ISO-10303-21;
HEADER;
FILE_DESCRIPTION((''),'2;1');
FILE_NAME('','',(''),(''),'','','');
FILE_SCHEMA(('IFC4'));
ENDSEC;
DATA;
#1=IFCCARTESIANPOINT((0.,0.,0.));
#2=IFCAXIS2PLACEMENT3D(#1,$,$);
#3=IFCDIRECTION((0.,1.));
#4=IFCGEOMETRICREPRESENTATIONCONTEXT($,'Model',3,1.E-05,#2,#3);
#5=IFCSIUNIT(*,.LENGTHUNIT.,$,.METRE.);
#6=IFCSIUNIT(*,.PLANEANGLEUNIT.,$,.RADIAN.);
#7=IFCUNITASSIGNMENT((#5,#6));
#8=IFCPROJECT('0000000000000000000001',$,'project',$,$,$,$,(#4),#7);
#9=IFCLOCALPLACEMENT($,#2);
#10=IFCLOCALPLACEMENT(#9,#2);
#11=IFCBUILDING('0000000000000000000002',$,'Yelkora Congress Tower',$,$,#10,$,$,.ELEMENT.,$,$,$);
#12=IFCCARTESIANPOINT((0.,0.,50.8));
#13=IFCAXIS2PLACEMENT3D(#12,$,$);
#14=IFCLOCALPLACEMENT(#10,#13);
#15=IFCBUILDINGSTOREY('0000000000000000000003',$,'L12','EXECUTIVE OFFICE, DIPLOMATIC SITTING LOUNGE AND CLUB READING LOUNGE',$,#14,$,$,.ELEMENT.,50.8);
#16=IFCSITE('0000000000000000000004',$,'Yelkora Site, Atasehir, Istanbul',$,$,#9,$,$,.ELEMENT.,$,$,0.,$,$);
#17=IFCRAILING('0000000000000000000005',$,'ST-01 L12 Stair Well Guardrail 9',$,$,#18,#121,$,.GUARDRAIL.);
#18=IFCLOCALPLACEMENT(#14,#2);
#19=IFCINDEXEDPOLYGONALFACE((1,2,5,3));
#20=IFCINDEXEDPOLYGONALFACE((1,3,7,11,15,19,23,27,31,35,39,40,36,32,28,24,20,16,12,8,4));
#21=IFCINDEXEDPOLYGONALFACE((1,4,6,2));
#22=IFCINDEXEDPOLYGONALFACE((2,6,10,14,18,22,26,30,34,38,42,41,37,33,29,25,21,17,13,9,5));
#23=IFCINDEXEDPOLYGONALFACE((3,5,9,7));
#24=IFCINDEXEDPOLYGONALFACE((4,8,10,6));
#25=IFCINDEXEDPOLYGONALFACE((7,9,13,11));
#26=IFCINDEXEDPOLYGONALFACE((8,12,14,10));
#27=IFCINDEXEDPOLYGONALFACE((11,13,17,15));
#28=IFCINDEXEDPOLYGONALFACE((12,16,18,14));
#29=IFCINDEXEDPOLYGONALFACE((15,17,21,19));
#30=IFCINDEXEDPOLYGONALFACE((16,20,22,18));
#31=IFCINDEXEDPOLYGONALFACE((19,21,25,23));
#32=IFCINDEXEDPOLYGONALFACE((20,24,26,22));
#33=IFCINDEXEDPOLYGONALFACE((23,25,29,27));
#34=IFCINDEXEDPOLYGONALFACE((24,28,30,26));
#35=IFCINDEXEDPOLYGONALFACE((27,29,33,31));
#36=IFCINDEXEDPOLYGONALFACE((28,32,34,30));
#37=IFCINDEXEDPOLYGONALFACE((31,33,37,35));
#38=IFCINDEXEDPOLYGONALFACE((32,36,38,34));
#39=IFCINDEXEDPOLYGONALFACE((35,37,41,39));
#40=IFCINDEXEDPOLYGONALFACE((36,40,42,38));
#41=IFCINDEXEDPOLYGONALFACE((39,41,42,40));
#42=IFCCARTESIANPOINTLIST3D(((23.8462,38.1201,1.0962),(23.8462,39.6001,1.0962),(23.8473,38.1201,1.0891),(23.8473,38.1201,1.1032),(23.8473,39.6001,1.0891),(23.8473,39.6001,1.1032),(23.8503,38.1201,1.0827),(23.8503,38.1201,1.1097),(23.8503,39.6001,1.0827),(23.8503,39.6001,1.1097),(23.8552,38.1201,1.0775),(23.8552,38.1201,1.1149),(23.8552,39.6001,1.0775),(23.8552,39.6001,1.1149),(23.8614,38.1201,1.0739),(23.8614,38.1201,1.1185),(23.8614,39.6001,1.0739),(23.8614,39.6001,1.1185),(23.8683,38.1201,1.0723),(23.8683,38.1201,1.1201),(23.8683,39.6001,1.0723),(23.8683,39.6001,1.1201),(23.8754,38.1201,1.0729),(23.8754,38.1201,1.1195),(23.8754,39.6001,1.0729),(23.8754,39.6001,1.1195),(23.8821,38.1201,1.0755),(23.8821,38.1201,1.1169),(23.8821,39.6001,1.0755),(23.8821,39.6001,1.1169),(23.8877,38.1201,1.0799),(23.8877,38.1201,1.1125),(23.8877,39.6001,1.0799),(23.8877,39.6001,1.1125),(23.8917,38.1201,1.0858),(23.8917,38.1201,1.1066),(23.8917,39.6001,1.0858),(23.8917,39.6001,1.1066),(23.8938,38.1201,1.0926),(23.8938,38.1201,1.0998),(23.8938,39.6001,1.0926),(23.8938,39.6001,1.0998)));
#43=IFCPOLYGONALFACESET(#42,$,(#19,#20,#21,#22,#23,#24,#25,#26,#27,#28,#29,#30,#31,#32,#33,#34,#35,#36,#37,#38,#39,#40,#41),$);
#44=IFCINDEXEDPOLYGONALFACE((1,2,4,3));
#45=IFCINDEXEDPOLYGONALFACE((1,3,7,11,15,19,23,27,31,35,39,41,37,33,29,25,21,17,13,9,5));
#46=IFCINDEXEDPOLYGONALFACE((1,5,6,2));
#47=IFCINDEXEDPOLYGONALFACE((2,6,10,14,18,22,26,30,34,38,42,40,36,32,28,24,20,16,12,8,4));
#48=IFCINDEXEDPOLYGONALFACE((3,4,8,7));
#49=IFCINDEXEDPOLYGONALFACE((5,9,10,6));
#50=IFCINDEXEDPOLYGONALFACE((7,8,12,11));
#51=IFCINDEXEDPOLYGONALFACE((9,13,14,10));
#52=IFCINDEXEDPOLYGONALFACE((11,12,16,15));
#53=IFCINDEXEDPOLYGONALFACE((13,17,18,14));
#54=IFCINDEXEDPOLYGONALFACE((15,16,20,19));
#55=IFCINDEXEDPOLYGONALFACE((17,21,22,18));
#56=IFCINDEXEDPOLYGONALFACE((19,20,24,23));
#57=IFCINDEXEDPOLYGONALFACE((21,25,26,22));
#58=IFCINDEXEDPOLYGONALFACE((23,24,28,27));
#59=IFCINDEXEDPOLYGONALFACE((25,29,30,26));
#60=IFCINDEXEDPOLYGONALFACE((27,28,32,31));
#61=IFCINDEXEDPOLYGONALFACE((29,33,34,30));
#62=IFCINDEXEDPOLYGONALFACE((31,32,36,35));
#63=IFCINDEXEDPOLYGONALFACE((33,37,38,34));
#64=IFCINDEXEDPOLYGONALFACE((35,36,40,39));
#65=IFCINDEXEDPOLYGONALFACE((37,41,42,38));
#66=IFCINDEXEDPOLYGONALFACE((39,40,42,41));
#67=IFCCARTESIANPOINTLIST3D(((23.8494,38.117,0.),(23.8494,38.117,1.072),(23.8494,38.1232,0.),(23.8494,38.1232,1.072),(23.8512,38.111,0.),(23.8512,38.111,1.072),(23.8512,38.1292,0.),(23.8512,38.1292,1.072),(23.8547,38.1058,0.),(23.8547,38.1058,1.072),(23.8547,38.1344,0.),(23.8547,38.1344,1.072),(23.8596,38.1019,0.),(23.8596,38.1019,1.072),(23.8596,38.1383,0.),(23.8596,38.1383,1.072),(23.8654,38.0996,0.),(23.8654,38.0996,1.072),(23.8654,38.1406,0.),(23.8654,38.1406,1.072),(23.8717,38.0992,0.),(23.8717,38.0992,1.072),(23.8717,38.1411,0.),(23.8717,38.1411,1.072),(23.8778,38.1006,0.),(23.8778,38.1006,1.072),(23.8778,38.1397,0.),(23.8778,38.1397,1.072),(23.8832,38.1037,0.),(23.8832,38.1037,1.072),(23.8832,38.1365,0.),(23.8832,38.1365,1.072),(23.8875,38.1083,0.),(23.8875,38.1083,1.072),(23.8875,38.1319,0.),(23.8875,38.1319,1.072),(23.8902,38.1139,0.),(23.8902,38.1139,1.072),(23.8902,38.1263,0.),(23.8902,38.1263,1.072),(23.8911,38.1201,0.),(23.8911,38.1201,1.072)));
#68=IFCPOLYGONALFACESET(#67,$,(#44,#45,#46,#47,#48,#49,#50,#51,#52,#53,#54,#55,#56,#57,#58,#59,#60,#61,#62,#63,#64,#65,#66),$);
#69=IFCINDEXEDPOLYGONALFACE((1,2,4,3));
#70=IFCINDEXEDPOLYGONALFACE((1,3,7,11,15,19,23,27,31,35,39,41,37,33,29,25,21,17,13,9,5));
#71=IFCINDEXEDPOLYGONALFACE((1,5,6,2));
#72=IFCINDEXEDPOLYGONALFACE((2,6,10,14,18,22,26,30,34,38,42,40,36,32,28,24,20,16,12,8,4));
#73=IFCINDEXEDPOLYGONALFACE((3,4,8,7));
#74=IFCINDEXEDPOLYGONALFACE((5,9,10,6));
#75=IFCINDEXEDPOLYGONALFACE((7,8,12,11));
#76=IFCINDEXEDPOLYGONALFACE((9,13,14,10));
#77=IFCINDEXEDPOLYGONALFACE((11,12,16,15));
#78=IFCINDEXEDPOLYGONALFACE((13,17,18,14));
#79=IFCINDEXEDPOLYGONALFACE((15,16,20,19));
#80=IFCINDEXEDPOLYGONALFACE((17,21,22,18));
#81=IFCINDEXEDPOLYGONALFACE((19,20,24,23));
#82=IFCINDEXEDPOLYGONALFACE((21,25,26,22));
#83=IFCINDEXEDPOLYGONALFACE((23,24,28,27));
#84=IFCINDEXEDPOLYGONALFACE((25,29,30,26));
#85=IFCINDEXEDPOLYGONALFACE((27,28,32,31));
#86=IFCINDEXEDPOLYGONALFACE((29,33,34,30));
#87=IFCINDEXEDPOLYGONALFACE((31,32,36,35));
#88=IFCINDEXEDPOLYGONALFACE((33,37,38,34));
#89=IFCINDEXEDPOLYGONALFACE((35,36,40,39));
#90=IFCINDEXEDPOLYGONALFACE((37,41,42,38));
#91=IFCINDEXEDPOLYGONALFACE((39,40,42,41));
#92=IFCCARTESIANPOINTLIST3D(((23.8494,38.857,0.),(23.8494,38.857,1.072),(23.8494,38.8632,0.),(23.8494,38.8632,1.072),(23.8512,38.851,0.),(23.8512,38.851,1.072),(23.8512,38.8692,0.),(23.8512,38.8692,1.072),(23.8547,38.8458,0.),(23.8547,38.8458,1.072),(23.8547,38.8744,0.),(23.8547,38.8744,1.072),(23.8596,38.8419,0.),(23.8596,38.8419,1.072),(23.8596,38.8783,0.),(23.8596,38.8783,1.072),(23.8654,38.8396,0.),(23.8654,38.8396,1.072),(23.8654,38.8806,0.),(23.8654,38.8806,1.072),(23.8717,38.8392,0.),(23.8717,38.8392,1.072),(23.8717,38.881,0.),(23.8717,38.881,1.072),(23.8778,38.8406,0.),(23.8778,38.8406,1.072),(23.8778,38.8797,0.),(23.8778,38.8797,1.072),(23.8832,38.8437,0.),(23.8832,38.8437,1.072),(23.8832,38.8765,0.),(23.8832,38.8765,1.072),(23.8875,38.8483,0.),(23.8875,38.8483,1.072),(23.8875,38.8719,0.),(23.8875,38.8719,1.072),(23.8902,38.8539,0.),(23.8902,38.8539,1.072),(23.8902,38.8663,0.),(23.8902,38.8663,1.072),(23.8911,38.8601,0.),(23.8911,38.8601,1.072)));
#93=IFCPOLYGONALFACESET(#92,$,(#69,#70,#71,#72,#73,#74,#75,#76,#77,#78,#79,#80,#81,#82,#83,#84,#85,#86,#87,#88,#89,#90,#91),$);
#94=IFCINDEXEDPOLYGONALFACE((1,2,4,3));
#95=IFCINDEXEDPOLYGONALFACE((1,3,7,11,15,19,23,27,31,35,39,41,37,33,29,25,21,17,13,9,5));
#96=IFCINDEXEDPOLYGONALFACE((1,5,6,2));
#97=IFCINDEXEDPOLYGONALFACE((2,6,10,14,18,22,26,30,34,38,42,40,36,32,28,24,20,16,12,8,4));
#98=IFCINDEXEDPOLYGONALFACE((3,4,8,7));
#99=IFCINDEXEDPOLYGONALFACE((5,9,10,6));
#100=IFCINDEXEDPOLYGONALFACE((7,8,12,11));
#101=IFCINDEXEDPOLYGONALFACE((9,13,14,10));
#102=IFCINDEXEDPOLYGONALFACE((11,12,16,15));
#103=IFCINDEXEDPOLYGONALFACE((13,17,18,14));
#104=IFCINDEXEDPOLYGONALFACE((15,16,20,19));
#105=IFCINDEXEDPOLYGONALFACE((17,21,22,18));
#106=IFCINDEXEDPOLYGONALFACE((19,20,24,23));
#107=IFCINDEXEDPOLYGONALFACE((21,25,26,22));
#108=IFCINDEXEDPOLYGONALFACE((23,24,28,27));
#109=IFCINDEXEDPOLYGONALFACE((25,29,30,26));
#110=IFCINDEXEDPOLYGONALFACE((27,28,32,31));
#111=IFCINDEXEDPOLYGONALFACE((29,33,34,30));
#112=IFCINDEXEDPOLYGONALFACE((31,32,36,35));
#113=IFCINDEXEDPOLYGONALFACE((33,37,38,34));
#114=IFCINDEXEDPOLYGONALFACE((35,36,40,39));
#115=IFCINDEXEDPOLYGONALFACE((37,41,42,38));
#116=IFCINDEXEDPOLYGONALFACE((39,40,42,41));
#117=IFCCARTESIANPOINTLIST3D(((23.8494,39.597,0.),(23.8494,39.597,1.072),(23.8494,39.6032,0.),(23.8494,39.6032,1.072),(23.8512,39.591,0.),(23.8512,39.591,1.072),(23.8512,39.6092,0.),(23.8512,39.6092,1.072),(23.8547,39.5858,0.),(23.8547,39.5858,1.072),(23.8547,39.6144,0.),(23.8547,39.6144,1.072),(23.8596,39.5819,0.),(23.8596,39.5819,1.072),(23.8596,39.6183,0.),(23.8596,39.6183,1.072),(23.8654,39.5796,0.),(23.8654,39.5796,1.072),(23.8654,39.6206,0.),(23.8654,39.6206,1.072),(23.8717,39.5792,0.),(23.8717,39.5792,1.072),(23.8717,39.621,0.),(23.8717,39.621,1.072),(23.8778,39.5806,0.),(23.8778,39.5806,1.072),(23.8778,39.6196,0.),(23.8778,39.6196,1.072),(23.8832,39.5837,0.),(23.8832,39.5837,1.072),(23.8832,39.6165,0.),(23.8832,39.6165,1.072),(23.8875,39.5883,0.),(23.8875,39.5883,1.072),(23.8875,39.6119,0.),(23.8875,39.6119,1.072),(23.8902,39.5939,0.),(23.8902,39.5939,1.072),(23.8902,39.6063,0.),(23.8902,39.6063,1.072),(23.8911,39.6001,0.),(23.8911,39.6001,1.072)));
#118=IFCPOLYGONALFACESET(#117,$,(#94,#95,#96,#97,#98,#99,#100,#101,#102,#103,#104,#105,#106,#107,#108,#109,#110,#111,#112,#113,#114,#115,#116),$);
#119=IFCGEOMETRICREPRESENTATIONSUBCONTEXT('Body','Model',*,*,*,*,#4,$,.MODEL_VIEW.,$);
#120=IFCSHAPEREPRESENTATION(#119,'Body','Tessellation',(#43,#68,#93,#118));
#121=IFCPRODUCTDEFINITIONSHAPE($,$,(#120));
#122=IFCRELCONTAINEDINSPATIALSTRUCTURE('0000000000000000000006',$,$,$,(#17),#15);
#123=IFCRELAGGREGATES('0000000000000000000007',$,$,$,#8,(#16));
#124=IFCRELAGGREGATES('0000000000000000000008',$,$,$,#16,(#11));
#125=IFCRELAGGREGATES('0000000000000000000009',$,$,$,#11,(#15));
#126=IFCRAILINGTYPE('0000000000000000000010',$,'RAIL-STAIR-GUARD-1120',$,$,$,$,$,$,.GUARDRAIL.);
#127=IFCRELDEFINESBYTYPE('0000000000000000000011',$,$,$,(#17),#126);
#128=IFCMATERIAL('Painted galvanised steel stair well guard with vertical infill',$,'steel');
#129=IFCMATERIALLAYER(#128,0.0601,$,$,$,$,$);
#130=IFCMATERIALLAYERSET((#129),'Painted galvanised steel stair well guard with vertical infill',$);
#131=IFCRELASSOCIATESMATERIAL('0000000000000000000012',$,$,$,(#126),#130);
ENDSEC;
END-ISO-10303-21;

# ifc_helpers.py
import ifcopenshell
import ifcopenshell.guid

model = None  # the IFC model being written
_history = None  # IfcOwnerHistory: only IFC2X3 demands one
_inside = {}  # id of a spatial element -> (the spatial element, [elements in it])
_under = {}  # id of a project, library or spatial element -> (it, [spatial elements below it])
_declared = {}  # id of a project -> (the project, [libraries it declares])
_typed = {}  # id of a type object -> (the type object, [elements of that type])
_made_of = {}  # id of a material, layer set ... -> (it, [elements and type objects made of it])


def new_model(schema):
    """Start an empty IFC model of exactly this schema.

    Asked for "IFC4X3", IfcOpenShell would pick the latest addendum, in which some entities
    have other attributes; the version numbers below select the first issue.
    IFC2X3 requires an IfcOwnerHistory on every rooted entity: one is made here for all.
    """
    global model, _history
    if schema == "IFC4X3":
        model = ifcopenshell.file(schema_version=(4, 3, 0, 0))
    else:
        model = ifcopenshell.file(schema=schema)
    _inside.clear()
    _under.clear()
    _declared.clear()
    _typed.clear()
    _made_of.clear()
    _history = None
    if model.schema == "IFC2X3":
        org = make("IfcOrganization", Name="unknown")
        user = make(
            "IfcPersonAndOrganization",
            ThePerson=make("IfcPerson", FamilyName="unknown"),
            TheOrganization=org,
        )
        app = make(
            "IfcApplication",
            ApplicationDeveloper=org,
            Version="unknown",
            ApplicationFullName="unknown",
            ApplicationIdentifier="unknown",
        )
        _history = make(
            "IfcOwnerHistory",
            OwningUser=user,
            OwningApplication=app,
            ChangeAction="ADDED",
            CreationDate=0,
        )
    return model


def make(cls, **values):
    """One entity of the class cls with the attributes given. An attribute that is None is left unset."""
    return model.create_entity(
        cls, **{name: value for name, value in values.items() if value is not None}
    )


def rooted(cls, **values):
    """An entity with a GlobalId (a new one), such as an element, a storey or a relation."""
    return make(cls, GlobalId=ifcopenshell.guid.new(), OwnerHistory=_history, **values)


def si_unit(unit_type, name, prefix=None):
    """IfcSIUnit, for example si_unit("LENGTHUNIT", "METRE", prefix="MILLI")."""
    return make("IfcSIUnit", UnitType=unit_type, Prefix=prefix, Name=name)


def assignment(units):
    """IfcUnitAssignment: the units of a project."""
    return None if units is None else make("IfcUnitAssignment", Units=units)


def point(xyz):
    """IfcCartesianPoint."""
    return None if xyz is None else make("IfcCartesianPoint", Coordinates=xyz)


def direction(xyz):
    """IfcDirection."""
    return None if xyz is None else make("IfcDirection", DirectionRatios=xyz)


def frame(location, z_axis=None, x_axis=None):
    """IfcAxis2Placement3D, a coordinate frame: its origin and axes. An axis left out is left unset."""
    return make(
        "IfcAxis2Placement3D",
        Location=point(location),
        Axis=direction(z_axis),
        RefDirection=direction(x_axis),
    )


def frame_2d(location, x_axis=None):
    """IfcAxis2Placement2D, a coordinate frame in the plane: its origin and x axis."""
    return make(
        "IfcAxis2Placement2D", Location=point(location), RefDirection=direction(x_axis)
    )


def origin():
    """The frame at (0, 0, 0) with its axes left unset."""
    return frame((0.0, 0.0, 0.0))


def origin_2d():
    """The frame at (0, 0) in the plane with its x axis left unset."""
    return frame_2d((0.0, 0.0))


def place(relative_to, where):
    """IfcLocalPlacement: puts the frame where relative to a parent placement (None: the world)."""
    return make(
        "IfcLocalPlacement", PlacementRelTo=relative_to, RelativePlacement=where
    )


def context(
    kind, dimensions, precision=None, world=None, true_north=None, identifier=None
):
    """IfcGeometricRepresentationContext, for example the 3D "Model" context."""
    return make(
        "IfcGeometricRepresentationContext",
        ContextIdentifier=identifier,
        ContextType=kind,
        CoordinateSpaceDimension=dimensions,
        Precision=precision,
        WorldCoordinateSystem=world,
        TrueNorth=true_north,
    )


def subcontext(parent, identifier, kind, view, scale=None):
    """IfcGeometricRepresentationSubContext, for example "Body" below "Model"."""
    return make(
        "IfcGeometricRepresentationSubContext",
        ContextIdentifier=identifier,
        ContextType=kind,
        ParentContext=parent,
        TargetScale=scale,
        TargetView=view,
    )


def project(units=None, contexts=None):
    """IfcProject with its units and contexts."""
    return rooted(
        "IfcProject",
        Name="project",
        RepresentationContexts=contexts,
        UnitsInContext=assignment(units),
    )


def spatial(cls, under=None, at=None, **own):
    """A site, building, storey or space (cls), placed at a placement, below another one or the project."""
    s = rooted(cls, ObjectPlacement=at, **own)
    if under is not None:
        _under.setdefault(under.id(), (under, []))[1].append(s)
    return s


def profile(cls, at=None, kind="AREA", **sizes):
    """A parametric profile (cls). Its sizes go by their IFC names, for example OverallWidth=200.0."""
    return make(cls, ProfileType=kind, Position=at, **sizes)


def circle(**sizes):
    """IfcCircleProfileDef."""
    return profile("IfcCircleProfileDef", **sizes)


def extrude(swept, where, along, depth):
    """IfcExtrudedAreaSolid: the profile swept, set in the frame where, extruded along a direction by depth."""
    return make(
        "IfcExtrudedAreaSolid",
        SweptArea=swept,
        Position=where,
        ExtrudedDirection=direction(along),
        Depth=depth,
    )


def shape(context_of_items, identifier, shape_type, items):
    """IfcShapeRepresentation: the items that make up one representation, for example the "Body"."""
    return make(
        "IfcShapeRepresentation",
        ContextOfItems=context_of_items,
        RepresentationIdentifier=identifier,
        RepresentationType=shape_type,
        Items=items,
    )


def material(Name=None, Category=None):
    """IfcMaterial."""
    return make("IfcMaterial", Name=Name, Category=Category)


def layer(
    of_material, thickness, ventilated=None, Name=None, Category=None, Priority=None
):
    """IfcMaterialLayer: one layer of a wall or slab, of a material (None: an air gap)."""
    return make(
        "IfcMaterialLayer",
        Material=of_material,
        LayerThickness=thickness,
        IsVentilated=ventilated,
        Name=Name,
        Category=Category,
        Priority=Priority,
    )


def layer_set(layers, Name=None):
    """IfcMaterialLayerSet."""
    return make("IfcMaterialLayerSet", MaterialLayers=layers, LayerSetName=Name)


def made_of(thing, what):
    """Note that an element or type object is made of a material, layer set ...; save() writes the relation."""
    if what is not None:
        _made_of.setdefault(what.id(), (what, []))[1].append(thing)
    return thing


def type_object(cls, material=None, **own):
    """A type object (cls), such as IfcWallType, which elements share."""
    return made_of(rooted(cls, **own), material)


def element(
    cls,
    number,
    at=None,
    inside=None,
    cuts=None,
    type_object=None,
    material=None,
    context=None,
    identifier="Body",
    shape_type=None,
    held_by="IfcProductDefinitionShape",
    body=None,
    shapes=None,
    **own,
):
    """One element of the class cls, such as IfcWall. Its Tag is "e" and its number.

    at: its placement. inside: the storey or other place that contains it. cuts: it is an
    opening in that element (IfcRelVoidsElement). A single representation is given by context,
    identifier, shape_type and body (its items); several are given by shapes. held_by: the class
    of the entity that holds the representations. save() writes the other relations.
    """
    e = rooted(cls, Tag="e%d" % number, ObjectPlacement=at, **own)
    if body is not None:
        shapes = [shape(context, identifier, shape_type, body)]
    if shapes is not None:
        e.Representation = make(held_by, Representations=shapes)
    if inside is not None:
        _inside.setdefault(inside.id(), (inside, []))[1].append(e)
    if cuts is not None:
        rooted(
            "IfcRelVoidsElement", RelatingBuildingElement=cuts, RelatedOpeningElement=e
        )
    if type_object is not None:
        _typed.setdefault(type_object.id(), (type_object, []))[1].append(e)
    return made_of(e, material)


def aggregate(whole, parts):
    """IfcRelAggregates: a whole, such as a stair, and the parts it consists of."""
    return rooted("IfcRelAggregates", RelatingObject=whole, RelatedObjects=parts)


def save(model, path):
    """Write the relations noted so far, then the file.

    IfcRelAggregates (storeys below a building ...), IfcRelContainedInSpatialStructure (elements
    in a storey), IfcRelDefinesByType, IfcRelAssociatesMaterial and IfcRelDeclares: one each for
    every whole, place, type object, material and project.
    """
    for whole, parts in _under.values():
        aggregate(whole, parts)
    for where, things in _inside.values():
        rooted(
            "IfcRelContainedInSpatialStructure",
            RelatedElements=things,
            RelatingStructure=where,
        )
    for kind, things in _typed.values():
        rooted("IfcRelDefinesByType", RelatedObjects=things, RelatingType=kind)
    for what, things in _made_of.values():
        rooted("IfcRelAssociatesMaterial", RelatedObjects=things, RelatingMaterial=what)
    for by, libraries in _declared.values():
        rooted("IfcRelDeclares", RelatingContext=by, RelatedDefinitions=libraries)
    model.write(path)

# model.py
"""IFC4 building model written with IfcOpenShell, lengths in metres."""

from ifc_helpers import new_model, si_unit, direction, frame, origin, origin_2d, place, context, subcontext, project, spatial, circle, extrude, material, layer, layer_set, type_object, element, save


model = new_model("IFC4")

# Units and contexts
model_context = context("Model", 3, precision=1e-05, world=origin(), true_north=direction((0.0, 1.0)))
body_context = subcontext(model_context, "Body", "Model", "MODEL_VIEW")
ifc_project = project(units=[si_unit("LENGTHUNIT", "METRE"), si_unit("PLANEANGLEUNIT", "RADIAN")], contexts=[model_context])

# Site, building, storey
site_placement = place(None, origin())
site = spatial("IfcSite", under=ifc_project, at=site_placement, Name="Yelkora Site, Atasehir, Istanbul", CompositionType="ELEMENT", RefElevation=0.0)
building_placement = place(site_placement, origin())
building = spatial("IfcBuilding", under=site, at=building_placement, Name="Yelkora Congress Tower", CompositionType="ELEMENT")
storey_placement = place(building_placement, frame((0.0, 0.0, 50.8)))
storey = spatial("IfcBuildingStorey", under=building, at=storey_placement, Name="L12", Description="EXECUTIVE OFFICE, DIPLOMATIC SITTING LOUNGE AND CLUB READING LOUNGE", CompositionType="ELEMENT", Elevation=50.8)

# Railing
ifc_material_1 = material(Name="Painted galvanised steel stair well guard with vertical infill", Category="steel")
ifc_layer_1 = layer(ifc_material_1, 0.0601)
ifc_layer_set_1 = layer_set([ifc_layer_1], Name="Painted galvanised steel stair well guard with vertical infill")
railing_type_1 = type_object("IfcRailingType", Name="RAIL-STAIR-GUARD-1120", PredefinedType="GUARDRAIL", material=ifc_layer_set_1)
for number, where, name in (
    (1, (23.8701, 38.1201, 0.0), "ST-01 L12 Stair Well Guardrail 9"),
):
    element("IfcRailing", number, at=place(storey_placement, frame(where)), inside=storey, type_object=railing_type_1, Name=name, PredefinedType="GUARDRAIL", context=body_context, shape_type="SweptSolid", body=[
        extrude(circle(Radius=0.0239, at=origin_2d()), frame((0.0, 0.0, 1.0962), z_axis=(0.0, 1.0, 0.0), x_axis=(-1.0, 0.0, 0.0)), (0.0, 0.0, 1.0), 1.48),
        extrude(circle(Radius=0.021, at=origin_2d()), origin(), (0.0, 0.0, 1.0), 1.072),
        extrude(circle(Radius=0.021, at=origin_2d()), frame((0.0, 0.74, 0.0)), (0.0, 0.0, 1.0), 1.072),
        extrude(circle(Radius=0.021, at=origin_2d()), frame((0.0, 1.48, 0.0)), (0.0, 0.0, 1.0), 1.072),
    ])

save(model, "model.ifc")
